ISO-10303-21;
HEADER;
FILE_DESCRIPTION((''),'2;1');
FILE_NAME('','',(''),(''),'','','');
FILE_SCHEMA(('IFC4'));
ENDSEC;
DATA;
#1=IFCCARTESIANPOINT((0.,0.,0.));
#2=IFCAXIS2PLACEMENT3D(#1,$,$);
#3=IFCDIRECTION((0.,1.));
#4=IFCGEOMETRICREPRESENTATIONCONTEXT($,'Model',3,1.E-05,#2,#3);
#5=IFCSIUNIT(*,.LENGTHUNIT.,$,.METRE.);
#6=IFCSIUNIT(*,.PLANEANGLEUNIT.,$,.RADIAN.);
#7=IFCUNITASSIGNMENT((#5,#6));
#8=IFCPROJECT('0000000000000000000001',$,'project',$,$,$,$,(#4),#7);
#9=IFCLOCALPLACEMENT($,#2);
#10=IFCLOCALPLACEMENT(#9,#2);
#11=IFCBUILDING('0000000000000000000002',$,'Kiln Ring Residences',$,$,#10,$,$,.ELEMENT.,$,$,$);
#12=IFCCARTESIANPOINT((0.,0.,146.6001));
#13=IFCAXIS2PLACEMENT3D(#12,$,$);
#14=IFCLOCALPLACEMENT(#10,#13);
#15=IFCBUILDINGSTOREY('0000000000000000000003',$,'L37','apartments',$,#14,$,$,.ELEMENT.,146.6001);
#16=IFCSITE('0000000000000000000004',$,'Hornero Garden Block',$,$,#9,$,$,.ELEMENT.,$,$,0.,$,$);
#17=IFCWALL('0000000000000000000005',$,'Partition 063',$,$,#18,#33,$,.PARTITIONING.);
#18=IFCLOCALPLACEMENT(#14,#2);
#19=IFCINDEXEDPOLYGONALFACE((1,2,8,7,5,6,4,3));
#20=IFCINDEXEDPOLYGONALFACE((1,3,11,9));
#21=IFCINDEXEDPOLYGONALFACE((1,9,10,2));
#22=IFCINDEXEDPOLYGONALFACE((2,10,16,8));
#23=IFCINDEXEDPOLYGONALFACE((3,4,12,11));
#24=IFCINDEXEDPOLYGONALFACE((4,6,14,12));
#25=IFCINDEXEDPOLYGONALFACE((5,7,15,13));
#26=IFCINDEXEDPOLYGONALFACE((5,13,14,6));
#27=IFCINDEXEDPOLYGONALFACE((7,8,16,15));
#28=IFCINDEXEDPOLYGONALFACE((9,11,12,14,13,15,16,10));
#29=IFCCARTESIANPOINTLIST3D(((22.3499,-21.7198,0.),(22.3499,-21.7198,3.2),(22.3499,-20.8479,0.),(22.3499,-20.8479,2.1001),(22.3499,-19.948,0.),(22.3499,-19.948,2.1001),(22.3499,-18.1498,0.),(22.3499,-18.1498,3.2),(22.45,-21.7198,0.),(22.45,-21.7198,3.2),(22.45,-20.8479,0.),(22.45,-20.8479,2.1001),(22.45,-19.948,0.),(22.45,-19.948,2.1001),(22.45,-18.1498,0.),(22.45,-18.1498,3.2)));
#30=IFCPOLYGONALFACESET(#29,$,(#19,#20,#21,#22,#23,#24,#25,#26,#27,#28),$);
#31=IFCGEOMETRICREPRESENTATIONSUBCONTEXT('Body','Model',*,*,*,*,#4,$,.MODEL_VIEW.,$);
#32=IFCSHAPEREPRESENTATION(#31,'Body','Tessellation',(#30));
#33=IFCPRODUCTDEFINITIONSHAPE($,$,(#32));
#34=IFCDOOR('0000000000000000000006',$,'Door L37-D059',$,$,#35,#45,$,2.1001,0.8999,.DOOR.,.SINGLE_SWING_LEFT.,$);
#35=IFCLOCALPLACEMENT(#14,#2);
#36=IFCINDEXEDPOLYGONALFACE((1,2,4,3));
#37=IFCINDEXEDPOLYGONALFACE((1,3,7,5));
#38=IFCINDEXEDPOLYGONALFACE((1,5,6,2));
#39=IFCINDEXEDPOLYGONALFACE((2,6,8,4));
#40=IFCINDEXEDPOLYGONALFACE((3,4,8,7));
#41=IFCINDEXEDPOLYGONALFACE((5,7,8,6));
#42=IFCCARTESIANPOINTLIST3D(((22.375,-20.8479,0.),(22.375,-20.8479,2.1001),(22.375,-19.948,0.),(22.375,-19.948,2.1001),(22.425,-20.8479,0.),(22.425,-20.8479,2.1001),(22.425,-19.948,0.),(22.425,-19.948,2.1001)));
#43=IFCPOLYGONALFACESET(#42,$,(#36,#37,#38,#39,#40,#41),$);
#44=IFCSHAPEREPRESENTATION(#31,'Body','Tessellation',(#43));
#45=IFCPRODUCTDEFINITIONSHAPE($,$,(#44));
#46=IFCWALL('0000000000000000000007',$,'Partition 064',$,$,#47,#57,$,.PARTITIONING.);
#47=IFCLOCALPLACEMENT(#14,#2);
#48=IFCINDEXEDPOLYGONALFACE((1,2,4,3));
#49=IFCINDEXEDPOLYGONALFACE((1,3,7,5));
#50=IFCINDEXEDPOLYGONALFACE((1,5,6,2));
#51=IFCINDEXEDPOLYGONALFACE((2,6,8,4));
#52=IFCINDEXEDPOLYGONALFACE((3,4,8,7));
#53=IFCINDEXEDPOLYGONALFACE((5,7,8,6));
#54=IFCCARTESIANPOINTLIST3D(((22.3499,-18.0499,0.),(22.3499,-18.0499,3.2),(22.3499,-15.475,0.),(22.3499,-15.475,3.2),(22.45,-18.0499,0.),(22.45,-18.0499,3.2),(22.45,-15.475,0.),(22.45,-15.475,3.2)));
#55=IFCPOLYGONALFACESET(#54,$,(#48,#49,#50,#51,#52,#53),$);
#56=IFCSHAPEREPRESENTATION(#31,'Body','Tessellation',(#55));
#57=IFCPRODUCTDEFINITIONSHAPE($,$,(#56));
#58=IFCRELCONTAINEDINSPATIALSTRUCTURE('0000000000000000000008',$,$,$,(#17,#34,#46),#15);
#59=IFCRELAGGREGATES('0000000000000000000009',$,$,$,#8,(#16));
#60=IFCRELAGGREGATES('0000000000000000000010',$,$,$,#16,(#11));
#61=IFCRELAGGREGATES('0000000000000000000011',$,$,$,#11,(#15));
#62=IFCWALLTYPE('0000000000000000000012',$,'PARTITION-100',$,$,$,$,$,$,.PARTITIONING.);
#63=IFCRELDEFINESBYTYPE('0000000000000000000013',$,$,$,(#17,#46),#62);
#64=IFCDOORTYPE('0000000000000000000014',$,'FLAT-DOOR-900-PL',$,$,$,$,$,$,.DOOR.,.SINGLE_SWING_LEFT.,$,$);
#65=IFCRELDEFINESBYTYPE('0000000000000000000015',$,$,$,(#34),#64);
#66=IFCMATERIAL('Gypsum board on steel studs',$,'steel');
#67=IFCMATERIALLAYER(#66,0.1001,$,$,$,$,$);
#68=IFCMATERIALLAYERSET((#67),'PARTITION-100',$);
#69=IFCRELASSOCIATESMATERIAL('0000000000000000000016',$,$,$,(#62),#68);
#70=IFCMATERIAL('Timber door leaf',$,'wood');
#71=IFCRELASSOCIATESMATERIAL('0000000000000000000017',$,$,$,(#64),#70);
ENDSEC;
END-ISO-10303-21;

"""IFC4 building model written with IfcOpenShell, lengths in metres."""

from ifc_helpers import new_model, si_unit, direction, frame, frame_2d, origin, place, context, subcontext, project, spatial, rectangle, extrude, material, layer, layer_set, type_object, element, fill, save


model = new_model("IFC4")

# Units and contexts
model_context = context("Model", 3, precision=1e-05, world=origin(), true_north=direction((0.0, 1.0)))
body_context = subcontext(model_context, "Body", "Model", "MODEL_VIEW")
ifc_project = project(units=[si_unit("LENGTHUNIT", "METRE"), si_unit("PLANEANGLEUNIT", "RADIAN")], contexts=[model_context])

# Site, building, storey
site_placement = place(None, origin())
site = spatial("IfcSite", under=ifc_project, at=site_placement, Name="Hornero Garden Block", CompositionType="ELEMENT", RefElevation=0.0)
building_placement = place(site_placement, origin())
building = spatial("IfcBuilding", under=site, at=building_placement, Name="Kiln Ring Residences", CompositionType="ELEMENT")
storey_placement = place(building_placement, frame((0.0, 0.0, 146.6001)))
storey = spatial("IfcBuildingStorey", under=building, at=storey_placement, Name="L37", Description="apartments", CompositionType="ELEMENT", Elevation=146.6001)

# Wall, opening, door
ifc_material_1 = material(Name="Gypsum board on steel studs", Category="steel")
ifc_layer_1 = layer(ifc_material_1, 0.1001)
ifc_layer_set_1 = layer_set([ifc_layer_1], Name="PARTITION-100")
wall_type_1 = type_object("IfcWallType", Name="PARTITION-100", PredefinedType="PARTITIONING", material=ifc_layer_set_1)
wall_1_placement = place(storey_placement, frame((22.3999, -21.72, 0.0), z_axis=(0.0, 0.0, 1.0), x_axis=(0.0, 1.0, 0.0)))
wall_1 = element("IfcWall", 1, at=wall_1_placement, inside=storey, type_object=wall_type_1, Name="Partition 063", PredefinedType="PARTITIONING", context=body_context, shape_type="SweptSolid", body=[
    extrude(rectangle(XDim=3.5701, YDim=0.1001, at=frame_2d((1.7852, 0.0))), origin(), (0.0, 0.0, 1.0), 3.2),
])
opening_1_placement = place(wall_1_placement, frame((0.8721, 0.0, 0.0)))
opening_1 = element("IfcOpeningElement", 2, at=opening_1_placement, cuts=wall_1, PredefinedType="OPENING", context=body_context, shape_type="SweptSolid", body=[
    extrude(rectangle(XDim=0.8999, YDim=2.1001, at=frame_2d((0.45, 1.05))), frame((0.0, 0.0601, 0.0), z_axis=(0.0, -1.0, 0.0), x_axis=(1.0, 0.0, 0.0)), (0.0, 0.0, 1.0), 0.1201),
])
ifc_material_2 = material(Name="Timber door leaf", Category="wood")
door_type = type_object("IfcDoorType", Name="FLAT-DOOR-900-PL", OperationType="SINGLE_SWING_LEFT", PredefinedType="DOOR", material=ifc_material_2)
door_placement = place(opening_1_placement, origin())
door = element("IfcDoor", 3, at=door_placement, inside=storey, type_object=door_type, Name="Door L37-D059", OperationType="SINGLE_SWING_LEFT", OverallHeight=2.1001, OverallWidth=0.8999, PredefinedType="DOOR", context=body_context, shape_type="SweptSolid", body=[
    extrude(rectangle(XDim=0.8999, YDim=2.1001, at=frame_2d((0.45, 1.05))), frame((0.0, 0.0249, 0.0), z_axis=(0.0, -1.0, 0.0), x_axis=(1.0, 0.0, 0.0)), (0.0, 0.0, 1.0), 0.05),
])
fill(opening_1, door)

# Wall
wall_2_placement = place(storey_placement, frame((22.3999, -18.05, 0.0), z_axis=(0.0, 0.0, 1.0), x_axis=(0.0, 1.0, 0.0)))
element("IfcWall", 4, at=wall_2_placement, inside=storey, type_object=wall_type_1, Name="Partition 064", PredefinedType="PARTITIONING", context=body_context, shape_type="SweptSolid", body=[
    extrude(rectangle(XDim=2.575, YDim=0.1001, at=frame_2d((1.2876, 0.0))), origin(), (0.0, 0.0, 1.0), 3.2),
])

save(model, "model.ifc")
